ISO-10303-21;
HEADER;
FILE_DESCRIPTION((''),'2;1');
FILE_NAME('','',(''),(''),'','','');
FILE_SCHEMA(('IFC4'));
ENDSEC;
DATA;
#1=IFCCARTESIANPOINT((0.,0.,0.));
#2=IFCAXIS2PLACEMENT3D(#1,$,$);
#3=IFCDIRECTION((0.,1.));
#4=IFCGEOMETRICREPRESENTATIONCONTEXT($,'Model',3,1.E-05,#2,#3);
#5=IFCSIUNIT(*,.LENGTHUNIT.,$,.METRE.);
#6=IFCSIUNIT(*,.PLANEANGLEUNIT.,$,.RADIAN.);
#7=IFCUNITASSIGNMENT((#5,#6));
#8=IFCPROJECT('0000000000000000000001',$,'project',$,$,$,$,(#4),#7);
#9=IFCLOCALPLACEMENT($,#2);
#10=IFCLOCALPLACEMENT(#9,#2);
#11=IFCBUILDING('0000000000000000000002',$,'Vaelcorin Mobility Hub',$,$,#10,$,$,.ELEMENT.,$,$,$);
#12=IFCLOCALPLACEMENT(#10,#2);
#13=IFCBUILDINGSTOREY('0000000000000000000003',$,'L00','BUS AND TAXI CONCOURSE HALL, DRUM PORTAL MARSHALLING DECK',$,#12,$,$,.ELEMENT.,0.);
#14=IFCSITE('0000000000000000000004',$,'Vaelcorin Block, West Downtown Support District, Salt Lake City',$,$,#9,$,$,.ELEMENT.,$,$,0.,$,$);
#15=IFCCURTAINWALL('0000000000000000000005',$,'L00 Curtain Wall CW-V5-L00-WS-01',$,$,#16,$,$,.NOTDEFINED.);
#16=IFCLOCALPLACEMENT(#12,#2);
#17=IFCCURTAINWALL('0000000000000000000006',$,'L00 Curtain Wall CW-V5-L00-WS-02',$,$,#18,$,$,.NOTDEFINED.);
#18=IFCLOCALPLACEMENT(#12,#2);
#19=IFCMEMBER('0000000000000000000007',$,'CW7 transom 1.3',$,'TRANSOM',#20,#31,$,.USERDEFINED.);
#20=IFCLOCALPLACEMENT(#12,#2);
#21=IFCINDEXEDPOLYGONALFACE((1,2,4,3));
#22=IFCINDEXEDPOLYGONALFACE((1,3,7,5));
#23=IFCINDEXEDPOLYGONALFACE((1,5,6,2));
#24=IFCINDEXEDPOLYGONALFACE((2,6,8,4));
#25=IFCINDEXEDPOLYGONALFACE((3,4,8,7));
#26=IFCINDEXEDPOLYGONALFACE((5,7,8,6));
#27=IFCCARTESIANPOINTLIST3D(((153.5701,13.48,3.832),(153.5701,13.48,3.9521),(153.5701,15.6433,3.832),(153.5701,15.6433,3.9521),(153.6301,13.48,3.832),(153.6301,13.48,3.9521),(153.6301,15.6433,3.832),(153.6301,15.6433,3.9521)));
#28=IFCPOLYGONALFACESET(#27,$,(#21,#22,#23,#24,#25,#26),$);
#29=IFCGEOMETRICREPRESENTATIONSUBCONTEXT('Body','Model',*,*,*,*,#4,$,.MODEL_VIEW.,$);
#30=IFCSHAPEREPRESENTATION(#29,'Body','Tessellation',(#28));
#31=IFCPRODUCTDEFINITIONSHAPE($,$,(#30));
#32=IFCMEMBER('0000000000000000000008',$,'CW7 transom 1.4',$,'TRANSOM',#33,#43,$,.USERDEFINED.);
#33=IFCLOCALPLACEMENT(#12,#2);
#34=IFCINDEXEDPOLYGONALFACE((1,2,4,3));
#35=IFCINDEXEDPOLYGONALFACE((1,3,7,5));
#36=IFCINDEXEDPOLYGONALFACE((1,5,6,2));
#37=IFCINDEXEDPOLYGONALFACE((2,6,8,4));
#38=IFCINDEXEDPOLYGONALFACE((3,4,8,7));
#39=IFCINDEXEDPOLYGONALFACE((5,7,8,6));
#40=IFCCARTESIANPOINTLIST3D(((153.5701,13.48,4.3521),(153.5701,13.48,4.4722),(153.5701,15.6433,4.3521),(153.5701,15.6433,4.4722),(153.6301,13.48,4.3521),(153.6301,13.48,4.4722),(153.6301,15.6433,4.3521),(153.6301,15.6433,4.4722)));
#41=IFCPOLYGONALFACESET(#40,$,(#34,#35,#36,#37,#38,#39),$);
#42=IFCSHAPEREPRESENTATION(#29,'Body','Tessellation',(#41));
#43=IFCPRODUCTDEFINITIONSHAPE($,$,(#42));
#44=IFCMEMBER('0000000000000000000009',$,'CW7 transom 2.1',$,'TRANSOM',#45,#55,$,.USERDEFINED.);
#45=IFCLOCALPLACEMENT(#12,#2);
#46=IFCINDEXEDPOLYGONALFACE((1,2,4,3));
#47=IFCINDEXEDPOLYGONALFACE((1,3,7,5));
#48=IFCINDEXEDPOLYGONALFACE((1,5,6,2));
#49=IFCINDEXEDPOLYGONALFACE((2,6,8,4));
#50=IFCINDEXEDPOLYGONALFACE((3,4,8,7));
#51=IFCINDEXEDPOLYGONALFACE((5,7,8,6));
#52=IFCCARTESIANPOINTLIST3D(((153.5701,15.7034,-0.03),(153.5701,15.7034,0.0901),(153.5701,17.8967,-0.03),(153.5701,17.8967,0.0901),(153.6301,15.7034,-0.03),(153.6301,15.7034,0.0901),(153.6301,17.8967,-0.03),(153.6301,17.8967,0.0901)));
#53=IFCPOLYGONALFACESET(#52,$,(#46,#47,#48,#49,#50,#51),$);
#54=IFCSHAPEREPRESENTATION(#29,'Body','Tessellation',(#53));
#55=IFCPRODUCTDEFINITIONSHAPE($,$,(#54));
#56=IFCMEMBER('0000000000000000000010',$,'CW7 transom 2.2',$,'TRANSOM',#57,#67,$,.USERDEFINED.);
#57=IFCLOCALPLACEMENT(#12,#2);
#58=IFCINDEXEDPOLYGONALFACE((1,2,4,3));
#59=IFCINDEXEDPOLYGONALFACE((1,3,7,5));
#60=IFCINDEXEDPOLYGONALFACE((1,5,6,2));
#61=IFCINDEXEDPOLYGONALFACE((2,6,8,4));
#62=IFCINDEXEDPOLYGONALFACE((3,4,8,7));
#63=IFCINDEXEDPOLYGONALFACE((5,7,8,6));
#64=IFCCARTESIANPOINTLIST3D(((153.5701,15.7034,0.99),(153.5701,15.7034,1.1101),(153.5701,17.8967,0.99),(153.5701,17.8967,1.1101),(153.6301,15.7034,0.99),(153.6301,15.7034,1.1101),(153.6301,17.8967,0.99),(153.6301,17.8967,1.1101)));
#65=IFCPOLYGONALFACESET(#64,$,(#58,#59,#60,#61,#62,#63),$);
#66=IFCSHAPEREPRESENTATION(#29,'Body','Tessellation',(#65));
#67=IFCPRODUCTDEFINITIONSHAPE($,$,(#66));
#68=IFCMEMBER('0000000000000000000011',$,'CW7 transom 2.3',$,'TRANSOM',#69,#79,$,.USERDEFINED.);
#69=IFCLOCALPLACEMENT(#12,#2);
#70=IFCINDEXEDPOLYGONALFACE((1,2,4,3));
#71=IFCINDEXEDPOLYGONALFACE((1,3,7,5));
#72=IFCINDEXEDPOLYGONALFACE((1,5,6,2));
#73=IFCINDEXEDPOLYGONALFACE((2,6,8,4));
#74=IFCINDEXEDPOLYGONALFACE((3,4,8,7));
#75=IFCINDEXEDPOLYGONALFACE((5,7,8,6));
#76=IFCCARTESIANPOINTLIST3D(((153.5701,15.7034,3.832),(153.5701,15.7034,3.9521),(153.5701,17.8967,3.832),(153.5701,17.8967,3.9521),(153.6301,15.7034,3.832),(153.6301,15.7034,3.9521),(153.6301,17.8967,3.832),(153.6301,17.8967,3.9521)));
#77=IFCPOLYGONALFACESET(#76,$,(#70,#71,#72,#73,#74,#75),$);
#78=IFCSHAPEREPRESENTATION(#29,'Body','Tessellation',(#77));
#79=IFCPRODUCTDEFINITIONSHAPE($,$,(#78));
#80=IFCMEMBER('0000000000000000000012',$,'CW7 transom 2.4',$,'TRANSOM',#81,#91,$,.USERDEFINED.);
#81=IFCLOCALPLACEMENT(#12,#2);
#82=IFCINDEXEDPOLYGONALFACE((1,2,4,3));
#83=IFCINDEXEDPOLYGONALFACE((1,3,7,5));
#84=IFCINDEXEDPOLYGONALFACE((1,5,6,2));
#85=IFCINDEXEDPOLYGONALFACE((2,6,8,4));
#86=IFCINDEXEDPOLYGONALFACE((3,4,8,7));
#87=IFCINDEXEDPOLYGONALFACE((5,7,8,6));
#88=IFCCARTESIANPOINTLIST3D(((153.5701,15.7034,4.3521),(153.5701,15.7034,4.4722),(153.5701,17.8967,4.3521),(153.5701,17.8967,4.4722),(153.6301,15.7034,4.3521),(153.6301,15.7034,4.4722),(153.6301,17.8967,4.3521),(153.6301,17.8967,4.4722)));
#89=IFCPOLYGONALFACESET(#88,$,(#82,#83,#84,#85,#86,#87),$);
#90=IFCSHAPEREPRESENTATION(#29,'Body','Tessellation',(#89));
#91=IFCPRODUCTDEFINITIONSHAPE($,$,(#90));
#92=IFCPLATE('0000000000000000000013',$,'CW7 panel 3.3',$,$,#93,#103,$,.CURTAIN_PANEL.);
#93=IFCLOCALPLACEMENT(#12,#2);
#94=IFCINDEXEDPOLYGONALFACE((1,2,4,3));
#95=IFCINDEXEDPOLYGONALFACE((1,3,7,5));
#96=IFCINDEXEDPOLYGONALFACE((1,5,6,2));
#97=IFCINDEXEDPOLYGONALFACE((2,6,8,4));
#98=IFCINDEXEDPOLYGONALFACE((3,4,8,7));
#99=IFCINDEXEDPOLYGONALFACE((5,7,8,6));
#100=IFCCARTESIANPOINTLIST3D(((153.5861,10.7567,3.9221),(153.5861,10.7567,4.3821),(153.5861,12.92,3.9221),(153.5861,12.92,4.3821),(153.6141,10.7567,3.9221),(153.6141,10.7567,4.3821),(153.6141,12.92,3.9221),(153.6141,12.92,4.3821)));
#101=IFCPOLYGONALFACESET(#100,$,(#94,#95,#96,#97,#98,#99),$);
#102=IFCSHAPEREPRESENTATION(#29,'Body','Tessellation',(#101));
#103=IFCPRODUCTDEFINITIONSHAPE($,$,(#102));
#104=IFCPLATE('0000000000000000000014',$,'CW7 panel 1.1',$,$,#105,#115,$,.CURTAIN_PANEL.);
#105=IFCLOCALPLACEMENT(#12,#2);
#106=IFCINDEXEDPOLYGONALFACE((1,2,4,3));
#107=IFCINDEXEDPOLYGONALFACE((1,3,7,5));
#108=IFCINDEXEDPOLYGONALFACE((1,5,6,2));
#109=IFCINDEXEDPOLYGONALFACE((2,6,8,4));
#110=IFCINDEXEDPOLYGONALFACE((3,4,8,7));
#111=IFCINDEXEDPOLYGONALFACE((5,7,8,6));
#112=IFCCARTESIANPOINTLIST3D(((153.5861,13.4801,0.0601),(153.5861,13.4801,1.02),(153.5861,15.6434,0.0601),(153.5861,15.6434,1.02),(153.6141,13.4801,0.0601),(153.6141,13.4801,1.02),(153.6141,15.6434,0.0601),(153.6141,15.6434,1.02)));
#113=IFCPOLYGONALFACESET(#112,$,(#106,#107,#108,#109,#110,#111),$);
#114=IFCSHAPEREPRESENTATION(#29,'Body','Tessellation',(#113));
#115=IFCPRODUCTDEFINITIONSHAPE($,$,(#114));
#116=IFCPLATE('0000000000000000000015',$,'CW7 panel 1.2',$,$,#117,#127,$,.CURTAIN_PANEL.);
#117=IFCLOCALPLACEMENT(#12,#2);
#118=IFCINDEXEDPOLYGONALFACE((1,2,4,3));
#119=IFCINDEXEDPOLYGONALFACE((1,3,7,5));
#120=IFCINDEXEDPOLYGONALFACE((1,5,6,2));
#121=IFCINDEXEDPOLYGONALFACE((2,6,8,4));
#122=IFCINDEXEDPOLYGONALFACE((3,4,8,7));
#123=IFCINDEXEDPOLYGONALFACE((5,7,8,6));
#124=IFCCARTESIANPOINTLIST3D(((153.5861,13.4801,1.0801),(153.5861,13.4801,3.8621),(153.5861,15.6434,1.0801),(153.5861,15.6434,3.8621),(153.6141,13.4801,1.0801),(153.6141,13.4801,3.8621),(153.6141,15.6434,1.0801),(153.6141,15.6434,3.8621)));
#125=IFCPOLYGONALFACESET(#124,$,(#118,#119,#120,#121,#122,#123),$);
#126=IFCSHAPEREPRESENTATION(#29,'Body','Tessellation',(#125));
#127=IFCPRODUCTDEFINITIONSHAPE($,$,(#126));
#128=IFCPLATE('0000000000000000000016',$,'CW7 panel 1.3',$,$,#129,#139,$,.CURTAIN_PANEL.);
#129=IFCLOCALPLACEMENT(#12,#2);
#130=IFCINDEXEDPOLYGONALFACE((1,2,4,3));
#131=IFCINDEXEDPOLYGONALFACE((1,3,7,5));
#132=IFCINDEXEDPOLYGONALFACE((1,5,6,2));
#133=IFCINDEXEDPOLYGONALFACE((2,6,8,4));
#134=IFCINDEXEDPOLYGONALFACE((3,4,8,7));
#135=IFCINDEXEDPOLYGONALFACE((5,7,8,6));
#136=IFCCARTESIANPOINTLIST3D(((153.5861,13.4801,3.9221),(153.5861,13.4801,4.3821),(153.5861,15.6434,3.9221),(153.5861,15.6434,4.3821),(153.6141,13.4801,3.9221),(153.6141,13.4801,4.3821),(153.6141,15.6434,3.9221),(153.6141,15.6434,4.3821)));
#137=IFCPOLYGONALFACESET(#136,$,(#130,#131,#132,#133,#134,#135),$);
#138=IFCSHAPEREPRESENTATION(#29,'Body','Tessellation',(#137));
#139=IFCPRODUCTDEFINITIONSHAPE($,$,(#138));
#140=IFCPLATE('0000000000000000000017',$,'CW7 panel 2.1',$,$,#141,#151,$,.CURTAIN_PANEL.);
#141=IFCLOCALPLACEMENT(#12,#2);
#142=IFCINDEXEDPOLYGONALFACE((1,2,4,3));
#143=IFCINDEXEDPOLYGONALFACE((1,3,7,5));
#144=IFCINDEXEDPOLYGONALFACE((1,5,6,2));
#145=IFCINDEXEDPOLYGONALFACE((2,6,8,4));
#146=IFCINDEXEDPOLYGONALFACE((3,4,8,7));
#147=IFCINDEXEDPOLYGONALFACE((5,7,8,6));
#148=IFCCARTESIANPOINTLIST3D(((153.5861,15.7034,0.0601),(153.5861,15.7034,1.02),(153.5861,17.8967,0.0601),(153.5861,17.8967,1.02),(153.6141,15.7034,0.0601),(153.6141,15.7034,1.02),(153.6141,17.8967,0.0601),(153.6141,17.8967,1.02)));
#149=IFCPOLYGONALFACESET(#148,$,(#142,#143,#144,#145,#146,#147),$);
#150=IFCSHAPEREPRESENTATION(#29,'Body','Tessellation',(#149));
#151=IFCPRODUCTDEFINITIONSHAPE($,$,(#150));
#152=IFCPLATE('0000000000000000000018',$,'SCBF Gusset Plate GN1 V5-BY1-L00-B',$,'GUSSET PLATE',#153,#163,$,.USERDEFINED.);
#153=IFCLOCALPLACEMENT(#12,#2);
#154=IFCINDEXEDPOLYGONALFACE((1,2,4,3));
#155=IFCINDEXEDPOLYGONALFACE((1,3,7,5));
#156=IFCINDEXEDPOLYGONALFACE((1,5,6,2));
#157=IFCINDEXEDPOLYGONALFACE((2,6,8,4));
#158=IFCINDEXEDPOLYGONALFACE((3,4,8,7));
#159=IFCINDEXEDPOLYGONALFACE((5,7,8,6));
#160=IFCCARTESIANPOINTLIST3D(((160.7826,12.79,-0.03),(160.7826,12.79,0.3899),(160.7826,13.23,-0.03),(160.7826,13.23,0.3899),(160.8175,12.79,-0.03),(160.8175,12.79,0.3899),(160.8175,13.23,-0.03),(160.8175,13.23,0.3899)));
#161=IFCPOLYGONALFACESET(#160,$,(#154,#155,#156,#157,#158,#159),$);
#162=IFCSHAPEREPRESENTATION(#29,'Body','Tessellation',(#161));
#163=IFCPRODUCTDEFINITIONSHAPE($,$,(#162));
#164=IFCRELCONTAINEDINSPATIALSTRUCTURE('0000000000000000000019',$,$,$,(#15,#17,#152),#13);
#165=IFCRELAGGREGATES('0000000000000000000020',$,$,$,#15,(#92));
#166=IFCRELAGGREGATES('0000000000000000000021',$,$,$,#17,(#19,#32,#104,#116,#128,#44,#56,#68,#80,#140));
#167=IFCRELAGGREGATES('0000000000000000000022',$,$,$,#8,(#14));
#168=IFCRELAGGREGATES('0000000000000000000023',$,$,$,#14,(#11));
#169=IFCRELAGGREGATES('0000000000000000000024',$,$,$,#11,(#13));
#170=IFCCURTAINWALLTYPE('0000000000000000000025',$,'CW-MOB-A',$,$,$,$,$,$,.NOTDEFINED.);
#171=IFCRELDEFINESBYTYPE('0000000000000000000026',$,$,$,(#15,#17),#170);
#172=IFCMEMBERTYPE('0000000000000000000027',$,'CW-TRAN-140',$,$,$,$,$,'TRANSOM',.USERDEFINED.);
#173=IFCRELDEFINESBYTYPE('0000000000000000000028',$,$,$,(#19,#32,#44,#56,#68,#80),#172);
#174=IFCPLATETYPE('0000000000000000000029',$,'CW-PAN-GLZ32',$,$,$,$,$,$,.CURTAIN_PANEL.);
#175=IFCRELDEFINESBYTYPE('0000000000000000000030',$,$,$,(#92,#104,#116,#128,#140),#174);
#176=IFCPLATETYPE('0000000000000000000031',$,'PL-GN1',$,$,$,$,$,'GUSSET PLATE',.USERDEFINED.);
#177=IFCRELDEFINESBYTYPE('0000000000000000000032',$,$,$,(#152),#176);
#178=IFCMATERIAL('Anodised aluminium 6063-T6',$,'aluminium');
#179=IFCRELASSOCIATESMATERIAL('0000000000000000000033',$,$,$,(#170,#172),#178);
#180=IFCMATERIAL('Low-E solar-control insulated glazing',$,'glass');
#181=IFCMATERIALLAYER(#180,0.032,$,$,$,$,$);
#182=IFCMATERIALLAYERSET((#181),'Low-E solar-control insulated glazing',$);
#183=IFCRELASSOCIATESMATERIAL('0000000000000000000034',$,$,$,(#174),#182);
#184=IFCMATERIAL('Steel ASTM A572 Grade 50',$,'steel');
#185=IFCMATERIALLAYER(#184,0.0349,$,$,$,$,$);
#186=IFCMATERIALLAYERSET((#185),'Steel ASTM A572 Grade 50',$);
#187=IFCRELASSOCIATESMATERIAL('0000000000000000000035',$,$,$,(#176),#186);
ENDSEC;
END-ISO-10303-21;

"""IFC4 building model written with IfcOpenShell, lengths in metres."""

from ifc_helpers import new_model, si_unit, direction, frame, origin, origin_2d, place, context, subcontext, project, spatial, rectangle, extrude, material, layer, layer_set, material_profile, profile_set, type_object, element, aggregate, save


model = new_model("IFC4")

# Units and contexts
model_context = context("Model", 3, precision=1e-05, world=origin(), true_north=direction((0.0, 1.0)))
body_context = subcontext(model_context, "Body", "Model", "MODEL_VIEW")
ifc_project = project(units=[si_unit("LENGTHUNIT", "METRE"), si_unit("PLANEANGLEUNIT", "RADIAN")], contexts=[model_context])

# Site, building, storey
site_placement = place(None, origin())
site = spatial("IfcSite", under=ifc_project, at=site_placement, Name="Vaelcorin Block, West Downtown Support District, Salt Lake City", CompositionType="ELEMENT", RefElevation=0.0)
building_placement = place(site_placement, origin())
building = spatial("IfcBuilding", under=site, at=building_placement, Name="Vaelcorin Mobility Hub", CompositionType="ELEMENT")
storey_placement = place(building_placement, origin())
storey = spatial("IfcBuildingStorey", under=building, at=storey_placement, Name="L00", Description="BUS AND TAXI CONCOURSE HALL, DRUM PORTAL MARSHALLING DECK", CompositionType="ELEMENT", Elevation=0.0)

# Curtain wall
ifc_material_1 = material(Name="Anodised aluminium 6063-T6", Category="aluminium")
curtain_wall_type = type_object("IfcCurtainWallType", Name="CW-MOB-A", PredefinedType="NOTDEFINED", material=ifc_material_1)
curtain_wall_1_placement = place(storey_placement, origin())
curtain_wall_1 = element("IfcCurtainWall", 1, at=curtain_wall_1_placement, inside=storey, type_object=curtain_wall_type, Name="L00 Curtain Wall CW-V5-L00-WS-01", PredefinedType="NOTDEFINED")

# Curtain wall, members
curtain_wall_2_placement = place(storey_placement, origin())
curtain_wall_2 = element("IfcCurtainWall", 2, at=curtain_wall_2_placement, inside=storey, type_object=curtain_wall_type, Name="L00 Curtain Wall CW-V5-L00-WS-02", PredefinedType="NOTDEFINED")
ifc_material_profile_1 = material_profile(ifc_material_1, rectangle(XDim=0.0601, YDim=0.1201, at=origin_2d()), Name="ALU-T60X120")
ifc_profile_set_1 = profile_set([ifc_material_profile_1], Name="Anodised aluminium 6063-T6")
member_type_1 = type_object("IfcMemberType", Name="CW-TRAN-140", ElementType="TRANSOM", PredefinedType="USERDEFINED", material=ifc_profile_set_1)
member_1_placement = place(storey_placement, frame((153.6001, 13.48, 3.8921), z_axis=(0.0, 1.0, 0.0), x_axis=(-1.0, 0.0, 0.0)))
member_1 = element("IfcMember", 3, at=member_1_placement, type_object=member_type_1, Name="CW7 transom 1.3", ObjectType="TRANSOM", PredefinedType="USERDEFINED", context=body_context, shape_type="SweptSolid", body=[
    extrude(rectangle(XDim=0.0601, YDim=0.1201, at=origin_2d()), origin(), (0.0, 0.0, 1.0), 2.1633),
])
member_2_placement = place(storey_placement, frame((153.6001, 13.48, 4.4121), z_axis=(0.0, 1.0, 0.0), x_axis=(-1.0, 0.0, 0.0)))
member_2 = element("IfcMember", 4, at=member_2_placement, type_object=member_type_1, Name="CW7 transom 1.4", ObjectType="TRANSOM", PredefinedType="USERDEFINED", context=body_context, shape_type="SweptSolid", body=[
    extrude(rectangle(XDim=0.0601, YDim=0.1201, at=origin_2d()), origin(), (0.0, 0.0, 1.0), 2.1633),
])
member_3_placement = place(storey_placement, frame((153.6001, 15.7034, 0.03), z_axis=(0.0, 1.0, 0.0), x_axis=(-1.0, 0.0, 0.0)))
member_3 = element("IfcMember", 5, at=member_3_placement, type_object=member_type_1, Name="CW7 transom 2.1", ObjectType="TRANSOM", PredefinedType="USERDEFINED", context=body_context, shape_type="SweptSolid", body=[
    extrude(rectangle(XDim=0.0601, YDim=0.1201, at=origin_2d()), origin(), (0.0, 0.0, 1.0), 2.1934),
])
member_4_placement = place(storey_placement, frame((153.6001, 15.7034, 1.05), z_axis=(0.0, 1.0, 0.0), x_axis=(-1.0, 0.0, 0.0)))
member_4 = element("IfcMember", 6, at=member_4_placement, type_object=member_type_1, Name="CW7 transom 2.2", ObjectType="TRANSOM", PredefinedType="USERDEFINED", context=body_context, shape_type="SweptSolid", body=[
    extrude(rectangle(XDim=0.0601, YDim=0.1201, at=origin_2d()), origin(), (0.0, 0.0, 1.0), 2.1934),
])
member_5_placement = place(storey_placement, frame((153.6001, 15.7034, 3.8921), z_axis=(0.0, 1.0, 0.0), x_axis=(-1.0, 0.0, 0.0)))
member_5 = element("IfcMember", 7, at=member_5_placement, type_object=member_type_1, Name="CW7 transom 2.3", ObjectType="TRANSOM", PredefinedType="USERDEFINED", context=body_context, shape_type="SweptSolid", body=[
    extrude(rectangle(XDim=0.0601, YDim=0.1201, at=origin_2d()), origin(), (0.0, 0.0, 1.0), 2.1934),
])
member_6_placement = place(storey_placement, frame((153.6001, 15.7034, 4.4121), z_axis=(0.0, 1.0, 0.0), x_axis=(-1.0, 0.0, 0.0)))
member_6 = element("IfcMember", 8, at=member_6_placement, type_object=member_type_1, Name="CW7 transom 2.4", ObjectType="TRANSOM", PredefinedType="USERDEFINED", context=body_context, shape_type="SweptSolid", body=[
    extrude(rectangle(XDim=0.0601, YDim=0.1201, at=origin_2d()), origin(), (0.0, 0.0, 1.0), 2.1934),
])

# Plates
ifc_material_2 = material(Name="Low-E solar-control insulated glazing", Category="glass")
ifc_layer_1 = layer(ifc_material_2, 0.032)
ifc_layer_set_1 = layer_set([ifc_layer_1], Name="Low-E solar-control insulated glazing")
plate_type_1 = type_object("IfcPlateType", Name="CW-PAN-GLZ32", PredefinedType="CURTAIN_PANEL", material=ifc_layer_set_1)
plate_1_placement = place(storey_placement, frame((153.6001, 11.8384, 3.9221), z_axis=(0.0, 0.0, 1.0), x_axis=(0.0, 1.0, 0.0)))
plate_1 = element("IfcPlate", 9, at=plate_1_placement, type_object=plate_type_1, Name="CW7 panel 3.3", PredefinedType="CURTAIN_PANEL", context=body_context, shape_type="SweptSolid", body=[
    extrude(rectangle(XDim=2.1633, YDim=0.0281, at=origin_2d()), origin(), (0.0, 0.0, 1.0), 0.46),
])
aggregate(curtain_wall_1, [plate_1])
plate_2_placement = place(storey_placement, frame((153.6001, 14.5618, 0.0601), z_axis=(0.0, 0.0, 1.0), x_axis=(0.0, 1.0, 0.0)))
plate_2 = element("IfcPlate", 10, at=plate_2_placement, type_object=plate_type_1, Name="CW7 panel 1.1", PredefinedType="CURTAIN_PANEL", context=body_context, shape_type="SweptSolid", body=[
    extrude(rectangle(XDim=2.1633, YDim=0.0281, at=origin_2d()), origin(), (0.0, 0.0, 1.0), 0.96),
])
plate_3_placement = place(storey_placement, frame((153.6001, 14.5618, 1.0801), z_axis=(0.0, 0.0, 1.0), x_axis=(0.0, 1.0, 0.0)))
plate_3 = element("IfcPlate", 11, at=plate_3_placement, type_object=plate_type_1, Name="CW7 panel 1.2", PredefinedType="CURTAIN_PANEL", context=body_context, shape_type="SweptSolid", body=[
    extrude(rectangle(XDim=2.1633, YDim=0.0281, at=origin_2d()), origin(), (0.0, 0.0, 1.0), 2.782),
])
plate_4_placement = place(storey_placement, frame((153.6001, 14.5618, 3.9221), z_axis=(0.0, 0.0, 1.0), x_axis=(0.0, 1.0, 0.0)))
plate_4 = element("IfcPlate", 12, at=plate_4_placement, type_object=plate_type_1, Name="CW7 panel 1.3", PredefinedType="CURTAIN_PANEL", context=body_context, shape_type="SweptSolid", body=[
    extrude(rectangle(XDim=2.1633, YDim=0.0281, at=origin_2d()), origin(), (0.0, 0.0, 1.0), 0.46),
])
plate_5_placement = place(storey_placement, frame((153.6001, 16.8, 0.0601), z_axis=(0.0, 0.0, 1.0), x_axis=(0.0, 1.0, 0.0)))
plate_5 = element("IfcPlate", 13, at=plate_5_placement, type_object=plate_type_1, Name="CW7 panel 2.1", PredefinedType="CURTAIN_PANEL", context=body_context, shape_type="SweptSolid", body=[
    extrude(rectangle(XDim=2.1934, YDim=0.0281, at=origin_2d()), origin(), (0.0, 0.0, 1.0), 0.96),
])
aggregate(curtain_wall_2, [member_1, member_2, plate_2, plate_3, plate_4, member_3, member_4, member_5, member_6, plate_5])
ifc_material_3 = material(Name="Steel ASTM A572 Grade 50", Category="steel")
ifc_layer_2 = layer(ifc_material_3, 0.0349)
ifc_layer_set_2 = layer_set([ifc_layer_2], Name="Steel ASTM A572 Grade 50")
plate_type_2 = type_object("IfcPlateType", Name="PL-GN1", ElementType="GUSSET PLATE", PredefinedType="USERDEFINED", material=ifc_layer_set_2)
plate_6_placement = place(storey_placement, frame((160.8, 13.01, -0.03), z_axis=(0.0, 0.0, 1.0), x_axis=(0.0, 1.0, 0.0)))
element("IfcPlate", 14, at=plate_6_placement, inside=storey, type_object=plate_type_2, Name="SCBF Gusset Plate GN1 V5-BY1-L00-B", ObjectType="GUSSET PLATE", PredefinedType="USERDEFINED", context=body_context, shape_type="SweptSolid", body=[
    extrude(rectangle(XDim=0.4399, YDim=0.0349, at=origin_2d()), origin(), (0.0, 0.0, 1.0), 0.4199),
])

save(model, "model.ifc")
